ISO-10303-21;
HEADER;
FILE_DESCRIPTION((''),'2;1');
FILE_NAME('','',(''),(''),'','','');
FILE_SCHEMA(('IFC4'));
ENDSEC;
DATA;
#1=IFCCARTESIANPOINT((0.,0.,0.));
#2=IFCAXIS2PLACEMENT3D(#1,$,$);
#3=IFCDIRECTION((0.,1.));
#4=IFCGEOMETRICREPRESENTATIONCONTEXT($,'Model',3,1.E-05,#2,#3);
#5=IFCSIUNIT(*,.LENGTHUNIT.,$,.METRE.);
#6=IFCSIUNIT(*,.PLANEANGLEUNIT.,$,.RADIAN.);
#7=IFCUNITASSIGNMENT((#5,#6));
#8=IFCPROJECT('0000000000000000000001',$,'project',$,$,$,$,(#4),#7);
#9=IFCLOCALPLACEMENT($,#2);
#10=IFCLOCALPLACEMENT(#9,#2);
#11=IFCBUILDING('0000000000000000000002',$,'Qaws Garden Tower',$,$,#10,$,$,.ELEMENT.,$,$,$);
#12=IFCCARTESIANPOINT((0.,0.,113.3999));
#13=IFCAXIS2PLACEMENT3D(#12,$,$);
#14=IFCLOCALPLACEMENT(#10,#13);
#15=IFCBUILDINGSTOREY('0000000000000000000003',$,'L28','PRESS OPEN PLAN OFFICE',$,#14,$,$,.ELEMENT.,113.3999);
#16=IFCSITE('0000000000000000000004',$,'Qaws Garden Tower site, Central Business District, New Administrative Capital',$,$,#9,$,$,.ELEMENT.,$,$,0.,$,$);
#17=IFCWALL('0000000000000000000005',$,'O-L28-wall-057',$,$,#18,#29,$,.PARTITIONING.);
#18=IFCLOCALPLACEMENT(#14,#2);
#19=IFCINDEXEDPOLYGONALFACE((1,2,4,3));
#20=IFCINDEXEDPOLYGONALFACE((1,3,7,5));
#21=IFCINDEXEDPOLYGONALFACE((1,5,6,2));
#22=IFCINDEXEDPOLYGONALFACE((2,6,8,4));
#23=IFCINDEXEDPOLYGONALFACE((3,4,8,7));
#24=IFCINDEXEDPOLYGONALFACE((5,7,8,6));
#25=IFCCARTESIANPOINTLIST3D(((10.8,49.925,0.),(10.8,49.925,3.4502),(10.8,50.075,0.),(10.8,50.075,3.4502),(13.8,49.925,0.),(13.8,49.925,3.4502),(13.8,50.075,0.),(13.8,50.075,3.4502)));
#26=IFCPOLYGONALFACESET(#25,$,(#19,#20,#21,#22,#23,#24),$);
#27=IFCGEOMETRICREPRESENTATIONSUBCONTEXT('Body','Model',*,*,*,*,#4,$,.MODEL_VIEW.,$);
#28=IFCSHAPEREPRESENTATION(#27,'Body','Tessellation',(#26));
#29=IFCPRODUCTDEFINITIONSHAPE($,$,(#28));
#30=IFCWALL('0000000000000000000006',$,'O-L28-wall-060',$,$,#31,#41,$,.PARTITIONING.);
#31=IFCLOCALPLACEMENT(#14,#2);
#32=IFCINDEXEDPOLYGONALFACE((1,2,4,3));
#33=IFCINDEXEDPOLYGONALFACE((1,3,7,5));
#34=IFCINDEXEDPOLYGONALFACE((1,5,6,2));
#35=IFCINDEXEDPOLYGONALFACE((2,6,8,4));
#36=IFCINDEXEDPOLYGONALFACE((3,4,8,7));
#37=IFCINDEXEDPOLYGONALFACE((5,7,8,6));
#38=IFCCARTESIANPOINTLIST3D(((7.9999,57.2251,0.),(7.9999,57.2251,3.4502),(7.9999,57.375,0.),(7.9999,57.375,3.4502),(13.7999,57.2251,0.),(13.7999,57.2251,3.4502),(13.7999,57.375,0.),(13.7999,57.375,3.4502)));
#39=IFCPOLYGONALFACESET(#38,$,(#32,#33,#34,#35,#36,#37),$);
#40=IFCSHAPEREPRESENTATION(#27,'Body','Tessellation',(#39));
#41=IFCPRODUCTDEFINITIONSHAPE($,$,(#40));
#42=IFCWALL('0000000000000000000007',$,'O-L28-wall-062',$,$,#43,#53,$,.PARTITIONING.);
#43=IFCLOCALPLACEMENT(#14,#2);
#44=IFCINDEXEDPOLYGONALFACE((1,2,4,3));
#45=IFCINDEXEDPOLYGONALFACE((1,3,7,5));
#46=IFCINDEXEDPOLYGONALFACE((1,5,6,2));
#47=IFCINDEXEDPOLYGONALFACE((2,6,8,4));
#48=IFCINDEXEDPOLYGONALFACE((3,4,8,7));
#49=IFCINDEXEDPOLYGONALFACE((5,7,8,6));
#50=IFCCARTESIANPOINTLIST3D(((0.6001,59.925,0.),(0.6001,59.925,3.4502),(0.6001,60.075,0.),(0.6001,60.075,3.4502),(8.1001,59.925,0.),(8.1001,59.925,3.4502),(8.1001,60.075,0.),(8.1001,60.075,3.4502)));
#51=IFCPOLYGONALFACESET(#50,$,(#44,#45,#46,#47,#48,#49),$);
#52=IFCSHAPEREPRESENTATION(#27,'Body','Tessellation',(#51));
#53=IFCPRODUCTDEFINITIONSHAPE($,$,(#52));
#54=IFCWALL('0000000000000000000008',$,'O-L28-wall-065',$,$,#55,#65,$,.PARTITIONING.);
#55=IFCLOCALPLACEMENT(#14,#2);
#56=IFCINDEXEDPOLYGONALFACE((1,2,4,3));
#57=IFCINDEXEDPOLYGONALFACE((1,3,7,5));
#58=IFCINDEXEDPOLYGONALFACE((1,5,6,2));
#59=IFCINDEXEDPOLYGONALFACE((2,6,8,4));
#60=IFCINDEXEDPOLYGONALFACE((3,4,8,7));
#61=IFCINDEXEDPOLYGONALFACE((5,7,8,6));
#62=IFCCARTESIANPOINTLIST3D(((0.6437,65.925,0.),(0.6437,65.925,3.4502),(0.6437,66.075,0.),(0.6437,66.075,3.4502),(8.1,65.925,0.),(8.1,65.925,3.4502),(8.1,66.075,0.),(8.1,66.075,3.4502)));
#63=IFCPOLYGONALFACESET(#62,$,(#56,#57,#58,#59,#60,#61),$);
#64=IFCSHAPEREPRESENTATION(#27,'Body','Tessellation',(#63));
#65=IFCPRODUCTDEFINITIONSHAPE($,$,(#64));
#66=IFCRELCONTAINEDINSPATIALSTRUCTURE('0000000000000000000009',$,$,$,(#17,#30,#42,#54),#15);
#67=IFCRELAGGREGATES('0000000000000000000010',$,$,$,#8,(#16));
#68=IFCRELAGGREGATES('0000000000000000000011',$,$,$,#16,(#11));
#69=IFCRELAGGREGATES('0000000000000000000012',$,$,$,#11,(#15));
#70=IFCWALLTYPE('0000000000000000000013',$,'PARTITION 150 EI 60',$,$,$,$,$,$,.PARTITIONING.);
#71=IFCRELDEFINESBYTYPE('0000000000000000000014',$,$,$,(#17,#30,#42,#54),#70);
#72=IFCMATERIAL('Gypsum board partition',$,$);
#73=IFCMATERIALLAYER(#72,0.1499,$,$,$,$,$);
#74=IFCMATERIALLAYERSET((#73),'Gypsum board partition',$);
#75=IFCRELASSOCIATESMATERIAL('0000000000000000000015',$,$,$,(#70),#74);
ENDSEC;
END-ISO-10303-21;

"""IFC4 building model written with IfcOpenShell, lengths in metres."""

from ifc_helpers import new_model, si_unit, direction, frame, frame_2d, origin, place, context, subcontext, project, spatial, rectangle, extrude, material, layer, layer_set, type_object, element, save


model = new_model("IFC4")

# Units and contexts
model_context = context("Model", 3, precision=1e-05, world=origin(), true_north=direction((0.0, 1.0)))
body_context = subcontext(model_context, "Body", "Model", "MODEL_VIEW")
ifc_project = project(units=[si_unit("LENGTHUNIT", "METRE"), si_unit("PLANEANGLEUNIT", "RADIAN")], contexts=[model_context])

# Site, building, storey
site_placement = place(None, origin())
site = spatial("IfcSite", under=ifc_project, at=site_placement, Name="Qaws Garden Tower site, Central Business District, New Administrative Capital", CompositionType="ELEMENT", RefElevation=0.0)
building_placement = place(site_placement, origin())
building = spatial("IfcBuilding", under=site, at=building_placement, Name="Qaws Garden Tower", CompositionType="ELEMENT")
storey_placement = place(building_placement, frame((0.0, 0.0, 113.3999)))
storey = spatial("IfcBuildingStorey", under=building, at=storey_placement, Name="L28", Description="PRESS OPEN PLAN OFFICE", CompositionType="ELEMENT", Elevation=113.3999)

# Shared definitions
ifc_material_1 = material(Name="Gypsum board partition")
ifc_layer_1 = layer(ifc_material_1, 0.1499)
ifc_layer_set_1 = layer_set([ifc_layer_1], Name="Gypsum board partition")
wall_type_1 = type_object("IfcWallType", Name="PARTITION 150 EI 60", PredefinedType="PARTITIONING", material=ifc_layer_set_1)

# Walls
wall_1_placement = place(storey_placement, frame((10.8, 50.0, 0.0), z_axis=(0.0, 0.0, 1.0), x_axis=(1.0, 0.0, 0.0)))
element("IfcWall", 1, at=wall_1_placement, inside=storey, type_object=wall_type_1, Name="O-L28-wall-057", PredefinedType="PARTITIONING", context=body_context, shape_type="SweptSolid", body=[
    extrude(rectangle(XDim=3.0, YDim=0.1499, at=frame_2d((1.5, 0.0))), origin(), (0.0, 0.0, 1.0), 3.4502),
])
wall_2_placement = place(storey_placement, frame((8.0, 57.3, 0.0), z_axis=(0.0, 0.0, 1.0), x_axis=(1.0, 0.0, 0.0)))
element("IfcWall", 2, at=wall_2_placement, inside=storey, type_object=wall_type_1, Name="O-L28-wall-060", PredefinedType="PARTITIONING", context=body_context, shape_type="SweptSolid", body=[
    extrude(rectangle(XDim=5.8, YDim=0.1499, at=frame_2d((2.8999, 0.0))), origin(), (0.0, 0.0, 1.0), 3.4502),
])
wall_3_placement = place(storey_placement, frame((0.6001, 60.0, 0.0), z_axis=(0.0, 0.0, 1.0), x_axis=(1.0, 0.0, 0.0)))
element("IfcWall", 3, at=wall_3_placement, inside=storey, type_object=wall_type_1, Name="O-L28-wall-062", PredefinedType="PARTITIONING", context=body_context, shape_type="SweptSolid", body=[
    extrude(rectangle(XDim=7.5, YDim=0.1499, at=frame_2d((3.75, 0.0))), origin(), (0.0, 0.0, 1.0), 3.4502),
])
wall_4_placement = place(storey_placement, frame((0.6438, 66.0, 0.0), z_axis=(0.0, 0.0, 1.0), x_axis=(1.0, 0.0, 0.0)))
element("IfcWall", 4, at=wall_4_placement, inside=storey, type_object=wall_type_1, Name="O-L28-wall-065", PredefinedType="PARTITIONING", context=body_context, shape_type="SweptSolid", body=[
    extrude(rectangle(XDim=7.4563, YDim=0.1499, at=frame_2d((3.728, 0.0))), origin(), (0.0, 0.0, 1.0), 3.4502),
])

save(model, "model.ifc")
